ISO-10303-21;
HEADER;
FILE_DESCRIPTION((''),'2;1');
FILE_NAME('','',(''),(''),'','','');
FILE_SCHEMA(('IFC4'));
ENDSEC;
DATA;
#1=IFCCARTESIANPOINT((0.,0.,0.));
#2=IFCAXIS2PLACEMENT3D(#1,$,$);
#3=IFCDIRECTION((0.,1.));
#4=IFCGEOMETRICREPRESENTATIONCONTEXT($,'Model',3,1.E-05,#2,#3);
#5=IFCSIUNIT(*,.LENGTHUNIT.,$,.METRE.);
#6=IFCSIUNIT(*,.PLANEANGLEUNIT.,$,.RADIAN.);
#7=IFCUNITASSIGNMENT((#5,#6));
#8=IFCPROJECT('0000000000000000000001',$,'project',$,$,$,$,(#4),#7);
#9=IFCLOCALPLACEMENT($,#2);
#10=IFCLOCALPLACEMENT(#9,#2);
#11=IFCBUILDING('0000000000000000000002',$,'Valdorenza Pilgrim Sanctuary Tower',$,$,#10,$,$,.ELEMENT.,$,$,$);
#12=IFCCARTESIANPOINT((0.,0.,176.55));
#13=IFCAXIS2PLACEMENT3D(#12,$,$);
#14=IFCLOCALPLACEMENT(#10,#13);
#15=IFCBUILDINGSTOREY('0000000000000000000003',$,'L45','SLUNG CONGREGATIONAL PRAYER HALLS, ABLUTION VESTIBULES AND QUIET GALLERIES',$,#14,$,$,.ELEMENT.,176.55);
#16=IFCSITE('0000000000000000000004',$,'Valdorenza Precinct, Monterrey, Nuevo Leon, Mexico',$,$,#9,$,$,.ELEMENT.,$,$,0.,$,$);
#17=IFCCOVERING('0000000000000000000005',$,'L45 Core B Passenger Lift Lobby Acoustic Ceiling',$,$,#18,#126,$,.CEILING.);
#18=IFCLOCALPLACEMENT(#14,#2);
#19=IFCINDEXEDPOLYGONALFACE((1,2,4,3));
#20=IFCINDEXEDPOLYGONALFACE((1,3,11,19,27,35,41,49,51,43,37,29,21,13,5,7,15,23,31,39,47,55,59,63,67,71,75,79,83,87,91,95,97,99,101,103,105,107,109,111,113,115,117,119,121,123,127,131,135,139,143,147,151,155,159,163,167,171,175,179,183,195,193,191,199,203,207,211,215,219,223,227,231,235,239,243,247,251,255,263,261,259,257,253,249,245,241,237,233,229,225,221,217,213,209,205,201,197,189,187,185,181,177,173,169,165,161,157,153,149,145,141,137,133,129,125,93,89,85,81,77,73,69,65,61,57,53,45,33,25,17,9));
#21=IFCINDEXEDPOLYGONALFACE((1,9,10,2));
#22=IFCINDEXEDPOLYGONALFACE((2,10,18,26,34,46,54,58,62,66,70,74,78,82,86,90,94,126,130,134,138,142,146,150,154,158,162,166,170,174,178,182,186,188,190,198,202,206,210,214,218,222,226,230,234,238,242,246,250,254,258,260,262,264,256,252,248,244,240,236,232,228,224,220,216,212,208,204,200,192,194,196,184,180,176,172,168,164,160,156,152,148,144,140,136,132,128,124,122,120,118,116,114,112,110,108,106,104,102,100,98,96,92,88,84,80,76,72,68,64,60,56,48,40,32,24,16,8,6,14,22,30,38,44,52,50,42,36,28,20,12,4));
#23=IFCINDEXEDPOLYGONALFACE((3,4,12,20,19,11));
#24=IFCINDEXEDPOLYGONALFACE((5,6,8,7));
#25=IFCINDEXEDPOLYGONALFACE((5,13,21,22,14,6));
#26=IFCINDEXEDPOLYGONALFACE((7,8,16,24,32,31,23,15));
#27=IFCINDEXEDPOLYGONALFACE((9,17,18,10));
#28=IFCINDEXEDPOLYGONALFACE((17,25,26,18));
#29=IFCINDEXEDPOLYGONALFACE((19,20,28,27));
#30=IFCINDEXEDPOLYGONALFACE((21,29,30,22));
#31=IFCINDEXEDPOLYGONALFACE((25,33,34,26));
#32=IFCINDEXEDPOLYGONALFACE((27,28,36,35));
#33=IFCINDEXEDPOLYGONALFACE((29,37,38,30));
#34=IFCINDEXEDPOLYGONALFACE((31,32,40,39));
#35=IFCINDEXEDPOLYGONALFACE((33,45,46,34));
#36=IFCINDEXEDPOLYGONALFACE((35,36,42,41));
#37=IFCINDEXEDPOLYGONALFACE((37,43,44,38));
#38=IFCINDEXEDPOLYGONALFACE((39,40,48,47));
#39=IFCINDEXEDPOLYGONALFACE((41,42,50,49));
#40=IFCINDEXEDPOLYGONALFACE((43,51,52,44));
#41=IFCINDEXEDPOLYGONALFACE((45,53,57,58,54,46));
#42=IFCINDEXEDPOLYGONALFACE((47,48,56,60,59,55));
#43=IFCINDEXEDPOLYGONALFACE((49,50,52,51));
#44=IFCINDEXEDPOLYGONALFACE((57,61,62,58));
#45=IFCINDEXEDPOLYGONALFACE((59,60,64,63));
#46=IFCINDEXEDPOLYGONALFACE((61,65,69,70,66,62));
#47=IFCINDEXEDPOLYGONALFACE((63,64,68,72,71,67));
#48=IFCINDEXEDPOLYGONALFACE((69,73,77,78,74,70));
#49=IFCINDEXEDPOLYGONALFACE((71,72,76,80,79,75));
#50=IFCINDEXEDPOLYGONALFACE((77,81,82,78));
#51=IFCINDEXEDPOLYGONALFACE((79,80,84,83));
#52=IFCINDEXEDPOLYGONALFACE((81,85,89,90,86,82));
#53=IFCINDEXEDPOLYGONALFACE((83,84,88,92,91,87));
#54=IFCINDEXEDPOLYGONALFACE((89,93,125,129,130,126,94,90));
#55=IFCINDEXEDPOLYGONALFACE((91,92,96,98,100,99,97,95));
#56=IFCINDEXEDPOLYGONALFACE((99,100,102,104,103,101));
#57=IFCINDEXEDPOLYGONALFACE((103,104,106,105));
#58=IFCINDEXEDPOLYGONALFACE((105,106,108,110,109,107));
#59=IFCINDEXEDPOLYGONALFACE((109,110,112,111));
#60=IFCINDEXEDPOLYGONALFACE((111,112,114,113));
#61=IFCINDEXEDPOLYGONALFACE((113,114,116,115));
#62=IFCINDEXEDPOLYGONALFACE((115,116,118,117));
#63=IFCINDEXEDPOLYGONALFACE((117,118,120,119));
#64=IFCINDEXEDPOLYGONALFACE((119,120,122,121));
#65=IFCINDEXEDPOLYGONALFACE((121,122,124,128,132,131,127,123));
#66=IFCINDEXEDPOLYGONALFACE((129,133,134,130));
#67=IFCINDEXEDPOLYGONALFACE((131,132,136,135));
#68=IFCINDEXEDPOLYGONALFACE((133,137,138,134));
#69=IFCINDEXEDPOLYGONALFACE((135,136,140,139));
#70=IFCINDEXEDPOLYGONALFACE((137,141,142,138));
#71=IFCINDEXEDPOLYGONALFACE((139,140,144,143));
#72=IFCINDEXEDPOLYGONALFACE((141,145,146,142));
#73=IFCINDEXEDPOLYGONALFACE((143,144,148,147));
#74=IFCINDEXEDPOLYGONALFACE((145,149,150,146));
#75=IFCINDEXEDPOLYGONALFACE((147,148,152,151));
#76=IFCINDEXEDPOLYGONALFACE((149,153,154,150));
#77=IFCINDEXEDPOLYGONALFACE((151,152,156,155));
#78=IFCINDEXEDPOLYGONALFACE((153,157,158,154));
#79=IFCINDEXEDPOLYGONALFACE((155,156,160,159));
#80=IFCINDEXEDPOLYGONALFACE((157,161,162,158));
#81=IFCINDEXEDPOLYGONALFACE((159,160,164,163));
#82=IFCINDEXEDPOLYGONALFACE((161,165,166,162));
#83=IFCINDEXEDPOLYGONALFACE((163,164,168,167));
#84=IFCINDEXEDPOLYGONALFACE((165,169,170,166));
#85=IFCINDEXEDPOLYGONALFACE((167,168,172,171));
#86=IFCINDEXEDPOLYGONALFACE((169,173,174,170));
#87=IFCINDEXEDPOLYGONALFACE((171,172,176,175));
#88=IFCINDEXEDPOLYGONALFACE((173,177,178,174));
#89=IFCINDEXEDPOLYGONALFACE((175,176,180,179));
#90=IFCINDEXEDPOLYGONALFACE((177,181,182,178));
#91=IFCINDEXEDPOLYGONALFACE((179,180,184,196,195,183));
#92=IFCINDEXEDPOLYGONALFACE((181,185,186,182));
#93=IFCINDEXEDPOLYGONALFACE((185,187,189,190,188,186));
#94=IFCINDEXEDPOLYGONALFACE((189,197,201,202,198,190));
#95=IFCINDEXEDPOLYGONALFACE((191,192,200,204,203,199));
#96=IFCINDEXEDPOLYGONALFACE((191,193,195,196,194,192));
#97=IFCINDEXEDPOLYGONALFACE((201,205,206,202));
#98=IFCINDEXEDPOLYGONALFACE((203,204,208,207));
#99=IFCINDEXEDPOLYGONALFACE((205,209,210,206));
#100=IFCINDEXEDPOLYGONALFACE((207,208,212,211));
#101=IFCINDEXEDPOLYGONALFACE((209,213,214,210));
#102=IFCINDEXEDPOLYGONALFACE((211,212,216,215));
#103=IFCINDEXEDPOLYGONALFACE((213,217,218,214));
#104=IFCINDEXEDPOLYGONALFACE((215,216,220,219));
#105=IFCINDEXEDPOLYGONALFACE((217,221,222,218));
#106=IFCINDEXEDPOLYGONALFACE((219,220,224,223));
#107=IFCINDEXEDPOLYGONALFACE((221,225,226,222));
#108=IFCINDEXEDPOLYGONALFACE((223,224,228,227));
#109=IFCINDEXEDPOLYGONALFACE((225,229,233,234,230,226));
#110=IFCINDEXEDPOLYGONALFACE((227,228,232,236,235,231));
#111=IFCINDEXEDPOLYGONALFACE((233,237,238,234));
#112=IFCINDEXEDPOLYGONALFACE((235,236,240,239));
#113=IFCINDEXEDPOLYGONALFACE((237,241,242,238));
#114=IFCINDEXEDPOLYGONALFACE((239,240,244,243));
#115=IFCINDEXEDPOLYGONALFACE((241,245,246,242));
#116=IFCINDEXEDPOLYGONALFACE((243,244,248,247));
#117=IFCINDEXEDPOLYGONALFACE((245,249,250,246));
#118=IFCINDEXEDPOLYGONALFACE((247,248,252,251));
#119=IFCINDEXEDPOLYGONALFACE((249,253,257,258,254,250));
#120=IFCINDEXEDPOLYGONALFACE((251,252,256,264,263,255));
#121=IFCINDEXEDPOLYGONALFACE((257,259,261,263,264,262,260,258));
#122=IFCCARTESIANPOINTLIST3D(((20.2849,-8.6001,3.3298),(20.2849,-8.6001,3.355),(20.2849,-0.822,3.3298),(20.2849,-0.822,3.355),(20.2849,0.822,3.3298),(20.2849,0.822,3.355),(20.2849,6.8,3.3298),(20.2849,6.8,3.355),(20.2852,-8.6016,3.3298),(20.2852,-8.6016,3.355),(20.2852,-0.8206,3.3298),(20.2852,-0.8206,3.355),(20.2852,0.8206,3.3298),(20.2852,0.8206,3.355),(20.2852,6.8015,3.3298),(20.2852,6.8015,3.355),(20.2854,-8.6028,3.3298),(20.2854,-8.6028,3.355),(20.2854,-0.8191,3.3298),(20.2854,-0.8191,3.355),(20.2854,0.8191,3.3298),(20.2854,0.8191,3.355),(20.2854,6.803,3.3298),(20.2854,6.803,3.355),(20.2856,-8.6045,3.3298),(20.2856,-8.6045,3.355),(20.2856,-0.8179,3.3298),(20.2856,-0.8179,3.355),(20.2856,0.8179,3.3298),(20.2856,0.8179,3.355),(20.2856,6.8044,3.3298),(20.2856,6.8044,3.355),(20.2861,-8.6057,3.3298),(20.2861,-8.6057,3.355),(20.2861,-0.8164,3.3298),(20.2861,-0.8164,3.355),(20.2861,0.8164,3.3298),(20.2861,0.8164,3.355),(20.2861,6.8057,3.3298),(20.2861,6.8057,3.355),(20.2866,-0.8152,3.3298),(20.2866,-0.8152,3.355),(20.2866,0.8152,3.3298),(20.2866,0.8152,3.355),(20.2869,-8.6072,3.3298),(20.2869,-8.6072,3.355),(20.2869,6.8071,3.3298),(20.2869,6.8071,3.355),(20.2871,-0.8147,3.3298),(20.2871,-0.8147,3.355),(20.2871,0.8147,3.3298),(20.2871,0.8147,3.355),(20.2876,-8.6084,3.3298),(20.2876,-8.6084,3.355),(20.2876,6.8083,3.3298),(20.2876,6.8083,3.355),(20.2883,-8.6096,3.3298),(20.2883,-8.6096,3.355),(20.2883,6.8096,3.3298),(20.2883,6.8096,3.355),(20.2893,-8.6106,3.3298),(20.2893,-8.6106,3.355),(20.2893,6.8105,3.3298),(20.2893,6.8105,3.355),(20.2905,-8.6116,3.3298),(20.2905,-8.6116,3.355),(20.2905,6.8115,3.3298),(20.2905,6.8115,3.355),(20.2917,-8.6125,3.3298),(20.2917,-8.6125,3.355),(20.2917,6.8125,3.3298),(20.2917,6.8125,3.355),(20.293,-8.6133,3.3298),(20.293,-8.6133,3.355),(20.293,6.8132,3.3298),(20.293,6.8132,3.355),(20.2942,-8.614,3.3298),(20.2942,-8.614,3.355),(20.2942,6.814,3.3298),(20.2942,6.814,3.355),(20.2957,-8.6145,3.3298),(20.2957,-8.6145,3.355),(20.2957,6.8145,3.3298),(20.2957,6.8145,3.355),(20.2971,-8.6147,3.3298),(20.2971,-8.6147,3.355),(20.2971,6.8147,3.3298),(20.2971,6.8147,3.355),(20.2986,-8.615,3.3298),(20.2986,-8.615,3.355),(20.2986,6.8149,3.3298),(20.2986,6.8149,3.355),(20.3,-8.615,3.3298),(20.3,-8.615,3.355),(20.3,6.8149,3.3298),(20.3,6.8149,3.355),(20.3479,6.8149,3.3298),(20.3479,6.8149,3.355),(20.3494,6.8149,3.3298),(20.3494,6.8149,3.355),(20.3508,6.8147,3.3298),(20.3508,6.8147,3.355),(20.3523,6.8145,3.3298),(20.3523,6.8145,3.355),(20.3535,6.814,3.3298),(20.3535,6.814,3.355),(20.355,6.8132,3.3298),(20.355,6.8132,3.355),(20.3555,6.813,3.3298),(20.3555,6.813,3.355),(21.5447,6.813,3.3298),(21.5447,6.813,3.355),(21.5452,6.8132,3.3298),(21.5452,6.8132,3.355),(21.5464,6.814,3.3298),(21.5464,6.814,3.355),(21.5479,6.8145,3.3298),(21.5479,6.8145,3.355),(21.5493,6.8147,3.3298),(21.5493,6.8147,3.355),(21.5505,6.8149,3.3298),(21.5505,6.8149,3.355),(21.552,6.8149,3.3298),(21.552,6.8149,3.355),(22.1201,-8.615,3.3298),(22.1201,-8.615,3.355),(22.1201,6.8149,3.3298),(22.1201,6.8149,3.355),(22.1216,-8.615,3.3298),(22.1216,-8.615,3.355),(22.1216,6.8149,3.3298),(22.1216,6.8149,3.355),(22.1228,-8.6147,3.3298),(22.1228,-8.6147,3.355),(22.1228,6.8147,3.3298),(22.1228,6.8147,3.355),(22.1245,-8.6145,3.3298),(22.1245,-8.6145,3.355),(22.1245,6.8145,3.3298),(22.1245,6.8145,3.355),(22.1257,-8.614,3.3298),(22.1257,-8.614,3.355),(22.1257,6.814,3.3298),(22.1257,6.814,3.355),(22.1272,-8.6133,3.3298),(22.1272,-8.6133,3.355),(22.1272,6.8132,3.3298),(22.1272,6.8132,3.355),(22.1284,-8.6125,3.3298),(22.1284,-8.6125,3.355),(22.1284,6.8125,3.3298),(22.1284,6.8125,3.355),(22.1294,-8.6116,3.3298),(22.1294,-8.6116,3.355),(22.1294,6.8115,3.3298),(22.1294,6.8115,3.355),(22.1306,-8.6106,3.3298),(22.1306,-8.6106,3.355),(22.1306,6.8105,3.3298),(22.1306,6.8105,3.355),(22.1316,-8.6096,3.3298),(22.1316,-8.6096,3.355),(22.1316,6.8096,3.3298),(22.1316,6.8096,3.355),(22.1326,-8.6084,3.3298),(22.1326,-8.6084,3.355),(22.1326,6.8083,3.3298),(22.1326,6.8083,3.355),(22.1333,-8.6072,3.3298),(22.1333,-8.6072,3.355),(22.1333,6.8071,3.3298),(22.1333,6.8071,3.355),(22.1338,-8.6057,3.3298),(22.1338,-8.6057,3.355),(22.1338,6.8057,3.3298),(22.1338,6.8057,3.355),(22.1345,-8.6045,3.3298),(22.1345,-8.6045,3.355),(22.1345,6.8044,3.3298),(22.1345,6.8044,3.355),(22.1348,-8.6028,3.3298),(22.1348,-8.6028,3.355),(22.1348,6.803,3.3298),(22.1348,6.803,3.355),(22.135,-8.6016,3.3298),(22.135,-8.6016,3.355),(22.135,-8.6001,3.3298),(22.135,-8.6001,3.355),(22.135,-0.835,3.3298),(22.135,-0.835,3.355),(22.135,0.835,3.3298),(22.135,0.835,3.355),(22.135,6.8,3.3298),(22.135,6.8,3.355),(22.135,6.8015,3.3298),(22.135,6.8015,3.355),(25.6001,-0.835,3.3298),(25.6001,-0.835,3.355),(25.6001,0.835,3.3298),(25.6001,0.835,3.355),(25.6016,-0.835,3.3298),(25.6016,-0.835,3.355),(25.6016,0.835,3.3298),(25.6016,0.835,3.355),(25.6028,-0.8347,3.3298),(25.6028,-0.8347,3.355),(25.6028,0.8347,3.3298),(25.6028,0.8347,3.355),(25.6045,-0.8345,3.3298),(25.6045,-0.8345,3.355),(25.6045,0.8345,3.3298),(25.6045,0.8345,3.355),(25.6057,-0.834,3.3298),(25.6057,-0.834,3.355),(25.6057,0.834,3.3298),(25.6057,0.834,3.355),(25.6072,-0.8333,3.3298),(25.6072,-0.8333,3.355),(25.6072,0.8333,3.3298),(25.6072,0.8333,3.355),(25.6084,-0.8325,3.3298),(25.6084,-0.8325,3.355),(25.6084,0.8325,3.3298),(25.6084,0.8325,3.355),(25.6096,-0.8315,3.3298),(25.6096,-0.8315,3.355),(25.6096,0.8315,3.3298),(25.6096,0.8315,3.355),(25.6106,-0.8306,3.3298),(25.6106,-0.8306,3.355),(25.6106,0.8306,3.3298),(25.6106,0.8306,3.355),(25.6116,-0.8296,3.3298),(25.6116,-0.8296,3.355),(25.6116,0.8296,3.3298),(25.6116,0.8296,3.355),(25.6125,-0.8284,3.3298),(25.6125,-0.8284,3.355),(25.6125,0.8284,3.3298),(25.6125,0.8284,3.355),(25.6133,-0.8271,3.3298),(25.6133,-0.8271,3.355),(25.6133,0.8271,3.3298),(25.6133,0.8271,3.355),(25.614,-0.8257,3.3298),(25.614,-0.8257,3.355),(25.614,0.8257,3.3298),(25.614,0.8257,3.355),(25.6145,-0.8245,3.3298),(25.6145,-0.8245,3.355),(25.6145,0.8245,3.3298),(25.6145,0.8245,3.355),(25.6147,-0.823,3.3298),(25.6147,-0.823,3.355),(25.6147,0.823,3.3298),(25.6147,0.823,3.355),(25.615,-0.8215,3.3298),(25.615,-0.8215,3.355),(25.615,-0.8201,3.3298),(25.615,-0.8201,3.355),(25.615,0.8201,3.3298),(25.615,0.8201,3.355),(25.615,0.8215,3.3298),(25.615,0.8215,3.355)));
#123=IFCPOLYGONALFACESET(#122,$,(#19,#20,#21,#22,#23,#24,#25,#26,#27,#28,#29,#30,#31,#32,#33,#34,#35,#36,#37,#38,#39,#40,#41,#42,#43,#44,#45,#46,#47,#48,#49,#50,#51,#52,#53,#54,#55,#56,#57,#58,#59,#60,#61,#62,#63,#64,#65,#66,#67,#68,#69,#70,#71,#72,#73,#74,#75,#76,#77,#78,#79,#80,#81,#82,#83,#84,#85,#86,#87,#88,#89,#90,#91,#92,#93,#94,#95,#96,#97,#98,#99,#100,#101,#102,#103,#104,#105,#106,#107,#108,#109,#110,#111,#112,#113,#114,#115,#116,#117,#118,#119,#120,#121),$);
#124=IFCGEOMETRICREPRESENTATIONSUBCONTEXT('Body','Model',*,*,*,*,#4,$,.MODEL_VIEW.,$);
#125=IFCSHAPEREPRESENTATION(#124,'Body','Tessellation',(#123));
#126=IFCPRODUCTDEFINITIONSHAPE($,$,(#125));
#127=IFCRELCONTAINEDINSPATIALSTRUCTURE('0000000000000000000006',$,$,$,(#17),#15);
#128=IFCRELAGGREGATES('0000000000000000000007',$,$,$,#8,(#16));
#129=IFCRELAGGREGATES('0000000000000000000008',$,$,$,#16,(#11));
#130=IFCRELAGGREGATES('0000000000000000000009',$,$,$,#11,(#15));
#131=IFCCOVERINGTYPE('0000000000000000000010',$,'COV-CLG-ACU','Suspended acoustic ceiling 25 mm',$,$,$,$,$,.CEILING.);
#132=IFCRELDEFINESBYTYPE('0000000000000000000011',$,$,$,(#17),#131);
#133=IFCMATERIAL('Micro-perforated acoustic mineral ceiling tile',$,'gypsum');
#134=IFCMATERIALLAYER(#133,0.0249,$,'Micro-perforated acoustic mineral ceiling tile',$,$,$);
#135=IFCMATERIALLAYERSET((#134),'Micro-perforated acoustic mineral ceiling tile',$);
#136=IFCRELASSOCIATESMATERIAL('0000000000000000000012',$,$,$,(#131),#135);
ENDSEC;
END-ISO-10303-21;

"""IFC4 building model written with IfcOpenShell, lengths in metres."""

from ifc_helpers import new_model, si_unit, direction, frame, origin, place, context, subcontext, project, spatial, polyline, outline, extrude, material, layer, layer_set, type_object, element, save


model = new_model("IFC4")

# Units and contexts
model_context = context("Model", 3, precision=1e-05, world=origin(), true_north=direction((0.0, 1.0)))
body_context = subcontext(model_context, "Body", "Model", "MODEL_VIEW")
ifc_project = project(units=[si_unit("LENGTHUNIT", "METRE"), si_unit("PLANEANGLEUNIT", "RADIAN")], contexts=[model_context])

# Site, building, storey
site_placement = place(None, origin())
site = spatial("IfcSite", under=ifc_project, at=site_placement, Name="Valdorenza Precinct, Monterrey, Nuevo Leon, Mexico", CompositionType="ELEMENT", RefElevation=0.0)
building_placement = place(site_placement, origin())
building = spatial("IfcBuilding", under=site, at=building_placement, Name="Valdorenza Pilgrim Sanctuary Tower", CompositionType="ELEMENT")
storey_placement = place(building_placement, frame((0.0, 0.0, 176.55)))
storey = spatial("IfcBuildingStorey", under=building, at=storey_placement, Name="L45", Description="SLUNG CONGREGATIONAL PRAYER HALLS, ABLUTION VESTIBULES AND QUIET GALLERIES", CompositionType="ELEMENT", Elevation=176.55)

# Covering
ifc_material_1 = material(Name="Micro-perforated acoustic mineral ceiling tile", Category="gypsum")
ifc_layer_1 = layer(ifc_material_1, 0.0249, Name="Micro-perforated acoustic mineral ceiling tile")
ifc_layer_set_1 = layer_set([ifc_layer_1], Name="Micro-perforated acoustic mineral ceiling tile")
covering_type_1 = type_object("IfcCoveringType", Name="COV-CLG-ACU", Description="Suspended acoustic ceiling 25 mm", PredefinedType="CEILING", material=ifc_layer_set_1)
covering_1_placement = place(storey_placement, frame((0.0, 0.0, 3.3298)))
element("IfcCovering", 1, at=covering_1_placement, inside=storey, type_object=covering_type_1, Name="L45 Core B Passenger Lift Lobby Acoustic Ceiling", PredefinedType="CEILING", context=body_context, shape_type="SweptSolid", body=[
    extrude(outline(polyline([(20.2871, -0.8147), (20.2871, 0.8147), (20.2866, 0.8152), (20.2861, 0.8164), (20.2856, 0.8179), (20.2854, 0.8191), (20.2852, 0.8206), (20.2849, 0.822), (20.2849, 6.8), (20.2852, 6.8015), (20.2854, 6.803), (20.2856, 6.8044), (20.2861, 6.8057), (20.2869, 6.8071), (20.2876, 6.8083), (20.2883, 6.8096), (20.2893, 6.8105), (20.2905, 6.8115), (20.2917, 6.8125), (20.293, 6.8132), (20.2942, 6.814), (20.2957, 6.8145), (20.2971, 6.8147), (20.2986, 6.8149), (20.3, 6.8149), (20.3479, 6.8149), (20.3494, 6.8149), (20.3508, 6.8147), (20.3523, 6.8145), (20.3535, 6.814), (20.355, 6.8132), (20.3555, 6.813), (21.5447, 6.813), (21.5452, 6.8132), (21.5464, 6.814), (21.5479, 6.8145), (21.5493, 6.8147), (21.5505, 6.8149), (21.552, 6.8149), (22.1201, 6.8149), (22.1216, 6.8149), (22.1228, 6.8147), (22.1245, 6.8145), (22.1257, 6.814), (22.1272, 6.8132), (22.1284, 6.8125), (22.1294, 6.8115), (22.1306, 6.8105), (22.1316, 6.8096), (22.1326, 6.8083), (22.1333, 6.8071), (22.1338, 6.8057), (22.1345, 6.8044), (22.1348, 6.803), (22.135, 6.8015), (22.135, 6.8), (22.135, 0.835), (25.6001, 0.835), (25.6016, 0.835), (25.6028, 0.8347), (25.6045, 0.8345), (25.6057, 0.834), (25.6072, 0.8333), (25.6084, 0.8325), (25.6096, 0.8315), (25.6106, 0.8306), (25.6116, 0.8296), (25.6125, 0.8284), (25.6133, 0.8271), (25.614, 0.8257), (25.6145, 0.8245), (25.6147, 0.823), (25.615, 0.8215), (25.615, 0.8201), (25.615, -0.8201), (25.615, -0.8215), (25.6147, -0.823), (25.6145, -0.8245), (25.614, -0.8257), (25.6133, -0.8271), (25.6125, -0.8284), (25.6116, -0.8296), (25.6106, -0.8306), (25.6096, -0.8315), (25.6084, -0.8325), (25.6072, -0.8333), (25.6057, -0.834), (25.6045, -0.8345), (25.6028, -0.8347), (25.6016, -0.835), (25.6001, -0.835), (22.135, -0.835), (22.135, -8.6001), (22.135, -8.6016), (22.1348, -8.6028), (22.1345, -8.6045), (22.1338, -8.6057), (22.1333, -8.6072), (22.1326, -8.6084), (22.1316, -8.6096), (22.1306, -8.6106), (22.1294, -8.6116), (22.1284, -8.6125), (22.1272, -8.6133), (22.1257, -8.614), (22.1245, -8.6145), (22.1228, -8.6147), (22.1216, -8.615), (22.1201, -8.615), (20.3, -8.615), (20.2986, -8.615), (20.2971, -8.6147), (20.2957, -8.6145), (20.2942, -8.614), (20.293, -8.6133), (20.2917, -8.6125), (20.2905, -8.6116), (20.2893, -8.6106), (20.2883, -8.6096), (20.2876, -8.6084), (20.2869, -8.6072), (20.2861, -8.6057), (20.2856, -8.6045), (20.2854, -8.6028), (20.2852, -8.6016), (20.2849, -8.6001), (20.2849, -0.822), (20.2852, -0.8206), (20.2854, -0.8191), (20.2856, -0.8179), (20.2861, -0.8164), (20.2866, -0.8152), (20.2871, -0.8147)])), origin(), (0.0, 0.0, 1.0), 0.0251),
])

save(model, "model.ifc")
